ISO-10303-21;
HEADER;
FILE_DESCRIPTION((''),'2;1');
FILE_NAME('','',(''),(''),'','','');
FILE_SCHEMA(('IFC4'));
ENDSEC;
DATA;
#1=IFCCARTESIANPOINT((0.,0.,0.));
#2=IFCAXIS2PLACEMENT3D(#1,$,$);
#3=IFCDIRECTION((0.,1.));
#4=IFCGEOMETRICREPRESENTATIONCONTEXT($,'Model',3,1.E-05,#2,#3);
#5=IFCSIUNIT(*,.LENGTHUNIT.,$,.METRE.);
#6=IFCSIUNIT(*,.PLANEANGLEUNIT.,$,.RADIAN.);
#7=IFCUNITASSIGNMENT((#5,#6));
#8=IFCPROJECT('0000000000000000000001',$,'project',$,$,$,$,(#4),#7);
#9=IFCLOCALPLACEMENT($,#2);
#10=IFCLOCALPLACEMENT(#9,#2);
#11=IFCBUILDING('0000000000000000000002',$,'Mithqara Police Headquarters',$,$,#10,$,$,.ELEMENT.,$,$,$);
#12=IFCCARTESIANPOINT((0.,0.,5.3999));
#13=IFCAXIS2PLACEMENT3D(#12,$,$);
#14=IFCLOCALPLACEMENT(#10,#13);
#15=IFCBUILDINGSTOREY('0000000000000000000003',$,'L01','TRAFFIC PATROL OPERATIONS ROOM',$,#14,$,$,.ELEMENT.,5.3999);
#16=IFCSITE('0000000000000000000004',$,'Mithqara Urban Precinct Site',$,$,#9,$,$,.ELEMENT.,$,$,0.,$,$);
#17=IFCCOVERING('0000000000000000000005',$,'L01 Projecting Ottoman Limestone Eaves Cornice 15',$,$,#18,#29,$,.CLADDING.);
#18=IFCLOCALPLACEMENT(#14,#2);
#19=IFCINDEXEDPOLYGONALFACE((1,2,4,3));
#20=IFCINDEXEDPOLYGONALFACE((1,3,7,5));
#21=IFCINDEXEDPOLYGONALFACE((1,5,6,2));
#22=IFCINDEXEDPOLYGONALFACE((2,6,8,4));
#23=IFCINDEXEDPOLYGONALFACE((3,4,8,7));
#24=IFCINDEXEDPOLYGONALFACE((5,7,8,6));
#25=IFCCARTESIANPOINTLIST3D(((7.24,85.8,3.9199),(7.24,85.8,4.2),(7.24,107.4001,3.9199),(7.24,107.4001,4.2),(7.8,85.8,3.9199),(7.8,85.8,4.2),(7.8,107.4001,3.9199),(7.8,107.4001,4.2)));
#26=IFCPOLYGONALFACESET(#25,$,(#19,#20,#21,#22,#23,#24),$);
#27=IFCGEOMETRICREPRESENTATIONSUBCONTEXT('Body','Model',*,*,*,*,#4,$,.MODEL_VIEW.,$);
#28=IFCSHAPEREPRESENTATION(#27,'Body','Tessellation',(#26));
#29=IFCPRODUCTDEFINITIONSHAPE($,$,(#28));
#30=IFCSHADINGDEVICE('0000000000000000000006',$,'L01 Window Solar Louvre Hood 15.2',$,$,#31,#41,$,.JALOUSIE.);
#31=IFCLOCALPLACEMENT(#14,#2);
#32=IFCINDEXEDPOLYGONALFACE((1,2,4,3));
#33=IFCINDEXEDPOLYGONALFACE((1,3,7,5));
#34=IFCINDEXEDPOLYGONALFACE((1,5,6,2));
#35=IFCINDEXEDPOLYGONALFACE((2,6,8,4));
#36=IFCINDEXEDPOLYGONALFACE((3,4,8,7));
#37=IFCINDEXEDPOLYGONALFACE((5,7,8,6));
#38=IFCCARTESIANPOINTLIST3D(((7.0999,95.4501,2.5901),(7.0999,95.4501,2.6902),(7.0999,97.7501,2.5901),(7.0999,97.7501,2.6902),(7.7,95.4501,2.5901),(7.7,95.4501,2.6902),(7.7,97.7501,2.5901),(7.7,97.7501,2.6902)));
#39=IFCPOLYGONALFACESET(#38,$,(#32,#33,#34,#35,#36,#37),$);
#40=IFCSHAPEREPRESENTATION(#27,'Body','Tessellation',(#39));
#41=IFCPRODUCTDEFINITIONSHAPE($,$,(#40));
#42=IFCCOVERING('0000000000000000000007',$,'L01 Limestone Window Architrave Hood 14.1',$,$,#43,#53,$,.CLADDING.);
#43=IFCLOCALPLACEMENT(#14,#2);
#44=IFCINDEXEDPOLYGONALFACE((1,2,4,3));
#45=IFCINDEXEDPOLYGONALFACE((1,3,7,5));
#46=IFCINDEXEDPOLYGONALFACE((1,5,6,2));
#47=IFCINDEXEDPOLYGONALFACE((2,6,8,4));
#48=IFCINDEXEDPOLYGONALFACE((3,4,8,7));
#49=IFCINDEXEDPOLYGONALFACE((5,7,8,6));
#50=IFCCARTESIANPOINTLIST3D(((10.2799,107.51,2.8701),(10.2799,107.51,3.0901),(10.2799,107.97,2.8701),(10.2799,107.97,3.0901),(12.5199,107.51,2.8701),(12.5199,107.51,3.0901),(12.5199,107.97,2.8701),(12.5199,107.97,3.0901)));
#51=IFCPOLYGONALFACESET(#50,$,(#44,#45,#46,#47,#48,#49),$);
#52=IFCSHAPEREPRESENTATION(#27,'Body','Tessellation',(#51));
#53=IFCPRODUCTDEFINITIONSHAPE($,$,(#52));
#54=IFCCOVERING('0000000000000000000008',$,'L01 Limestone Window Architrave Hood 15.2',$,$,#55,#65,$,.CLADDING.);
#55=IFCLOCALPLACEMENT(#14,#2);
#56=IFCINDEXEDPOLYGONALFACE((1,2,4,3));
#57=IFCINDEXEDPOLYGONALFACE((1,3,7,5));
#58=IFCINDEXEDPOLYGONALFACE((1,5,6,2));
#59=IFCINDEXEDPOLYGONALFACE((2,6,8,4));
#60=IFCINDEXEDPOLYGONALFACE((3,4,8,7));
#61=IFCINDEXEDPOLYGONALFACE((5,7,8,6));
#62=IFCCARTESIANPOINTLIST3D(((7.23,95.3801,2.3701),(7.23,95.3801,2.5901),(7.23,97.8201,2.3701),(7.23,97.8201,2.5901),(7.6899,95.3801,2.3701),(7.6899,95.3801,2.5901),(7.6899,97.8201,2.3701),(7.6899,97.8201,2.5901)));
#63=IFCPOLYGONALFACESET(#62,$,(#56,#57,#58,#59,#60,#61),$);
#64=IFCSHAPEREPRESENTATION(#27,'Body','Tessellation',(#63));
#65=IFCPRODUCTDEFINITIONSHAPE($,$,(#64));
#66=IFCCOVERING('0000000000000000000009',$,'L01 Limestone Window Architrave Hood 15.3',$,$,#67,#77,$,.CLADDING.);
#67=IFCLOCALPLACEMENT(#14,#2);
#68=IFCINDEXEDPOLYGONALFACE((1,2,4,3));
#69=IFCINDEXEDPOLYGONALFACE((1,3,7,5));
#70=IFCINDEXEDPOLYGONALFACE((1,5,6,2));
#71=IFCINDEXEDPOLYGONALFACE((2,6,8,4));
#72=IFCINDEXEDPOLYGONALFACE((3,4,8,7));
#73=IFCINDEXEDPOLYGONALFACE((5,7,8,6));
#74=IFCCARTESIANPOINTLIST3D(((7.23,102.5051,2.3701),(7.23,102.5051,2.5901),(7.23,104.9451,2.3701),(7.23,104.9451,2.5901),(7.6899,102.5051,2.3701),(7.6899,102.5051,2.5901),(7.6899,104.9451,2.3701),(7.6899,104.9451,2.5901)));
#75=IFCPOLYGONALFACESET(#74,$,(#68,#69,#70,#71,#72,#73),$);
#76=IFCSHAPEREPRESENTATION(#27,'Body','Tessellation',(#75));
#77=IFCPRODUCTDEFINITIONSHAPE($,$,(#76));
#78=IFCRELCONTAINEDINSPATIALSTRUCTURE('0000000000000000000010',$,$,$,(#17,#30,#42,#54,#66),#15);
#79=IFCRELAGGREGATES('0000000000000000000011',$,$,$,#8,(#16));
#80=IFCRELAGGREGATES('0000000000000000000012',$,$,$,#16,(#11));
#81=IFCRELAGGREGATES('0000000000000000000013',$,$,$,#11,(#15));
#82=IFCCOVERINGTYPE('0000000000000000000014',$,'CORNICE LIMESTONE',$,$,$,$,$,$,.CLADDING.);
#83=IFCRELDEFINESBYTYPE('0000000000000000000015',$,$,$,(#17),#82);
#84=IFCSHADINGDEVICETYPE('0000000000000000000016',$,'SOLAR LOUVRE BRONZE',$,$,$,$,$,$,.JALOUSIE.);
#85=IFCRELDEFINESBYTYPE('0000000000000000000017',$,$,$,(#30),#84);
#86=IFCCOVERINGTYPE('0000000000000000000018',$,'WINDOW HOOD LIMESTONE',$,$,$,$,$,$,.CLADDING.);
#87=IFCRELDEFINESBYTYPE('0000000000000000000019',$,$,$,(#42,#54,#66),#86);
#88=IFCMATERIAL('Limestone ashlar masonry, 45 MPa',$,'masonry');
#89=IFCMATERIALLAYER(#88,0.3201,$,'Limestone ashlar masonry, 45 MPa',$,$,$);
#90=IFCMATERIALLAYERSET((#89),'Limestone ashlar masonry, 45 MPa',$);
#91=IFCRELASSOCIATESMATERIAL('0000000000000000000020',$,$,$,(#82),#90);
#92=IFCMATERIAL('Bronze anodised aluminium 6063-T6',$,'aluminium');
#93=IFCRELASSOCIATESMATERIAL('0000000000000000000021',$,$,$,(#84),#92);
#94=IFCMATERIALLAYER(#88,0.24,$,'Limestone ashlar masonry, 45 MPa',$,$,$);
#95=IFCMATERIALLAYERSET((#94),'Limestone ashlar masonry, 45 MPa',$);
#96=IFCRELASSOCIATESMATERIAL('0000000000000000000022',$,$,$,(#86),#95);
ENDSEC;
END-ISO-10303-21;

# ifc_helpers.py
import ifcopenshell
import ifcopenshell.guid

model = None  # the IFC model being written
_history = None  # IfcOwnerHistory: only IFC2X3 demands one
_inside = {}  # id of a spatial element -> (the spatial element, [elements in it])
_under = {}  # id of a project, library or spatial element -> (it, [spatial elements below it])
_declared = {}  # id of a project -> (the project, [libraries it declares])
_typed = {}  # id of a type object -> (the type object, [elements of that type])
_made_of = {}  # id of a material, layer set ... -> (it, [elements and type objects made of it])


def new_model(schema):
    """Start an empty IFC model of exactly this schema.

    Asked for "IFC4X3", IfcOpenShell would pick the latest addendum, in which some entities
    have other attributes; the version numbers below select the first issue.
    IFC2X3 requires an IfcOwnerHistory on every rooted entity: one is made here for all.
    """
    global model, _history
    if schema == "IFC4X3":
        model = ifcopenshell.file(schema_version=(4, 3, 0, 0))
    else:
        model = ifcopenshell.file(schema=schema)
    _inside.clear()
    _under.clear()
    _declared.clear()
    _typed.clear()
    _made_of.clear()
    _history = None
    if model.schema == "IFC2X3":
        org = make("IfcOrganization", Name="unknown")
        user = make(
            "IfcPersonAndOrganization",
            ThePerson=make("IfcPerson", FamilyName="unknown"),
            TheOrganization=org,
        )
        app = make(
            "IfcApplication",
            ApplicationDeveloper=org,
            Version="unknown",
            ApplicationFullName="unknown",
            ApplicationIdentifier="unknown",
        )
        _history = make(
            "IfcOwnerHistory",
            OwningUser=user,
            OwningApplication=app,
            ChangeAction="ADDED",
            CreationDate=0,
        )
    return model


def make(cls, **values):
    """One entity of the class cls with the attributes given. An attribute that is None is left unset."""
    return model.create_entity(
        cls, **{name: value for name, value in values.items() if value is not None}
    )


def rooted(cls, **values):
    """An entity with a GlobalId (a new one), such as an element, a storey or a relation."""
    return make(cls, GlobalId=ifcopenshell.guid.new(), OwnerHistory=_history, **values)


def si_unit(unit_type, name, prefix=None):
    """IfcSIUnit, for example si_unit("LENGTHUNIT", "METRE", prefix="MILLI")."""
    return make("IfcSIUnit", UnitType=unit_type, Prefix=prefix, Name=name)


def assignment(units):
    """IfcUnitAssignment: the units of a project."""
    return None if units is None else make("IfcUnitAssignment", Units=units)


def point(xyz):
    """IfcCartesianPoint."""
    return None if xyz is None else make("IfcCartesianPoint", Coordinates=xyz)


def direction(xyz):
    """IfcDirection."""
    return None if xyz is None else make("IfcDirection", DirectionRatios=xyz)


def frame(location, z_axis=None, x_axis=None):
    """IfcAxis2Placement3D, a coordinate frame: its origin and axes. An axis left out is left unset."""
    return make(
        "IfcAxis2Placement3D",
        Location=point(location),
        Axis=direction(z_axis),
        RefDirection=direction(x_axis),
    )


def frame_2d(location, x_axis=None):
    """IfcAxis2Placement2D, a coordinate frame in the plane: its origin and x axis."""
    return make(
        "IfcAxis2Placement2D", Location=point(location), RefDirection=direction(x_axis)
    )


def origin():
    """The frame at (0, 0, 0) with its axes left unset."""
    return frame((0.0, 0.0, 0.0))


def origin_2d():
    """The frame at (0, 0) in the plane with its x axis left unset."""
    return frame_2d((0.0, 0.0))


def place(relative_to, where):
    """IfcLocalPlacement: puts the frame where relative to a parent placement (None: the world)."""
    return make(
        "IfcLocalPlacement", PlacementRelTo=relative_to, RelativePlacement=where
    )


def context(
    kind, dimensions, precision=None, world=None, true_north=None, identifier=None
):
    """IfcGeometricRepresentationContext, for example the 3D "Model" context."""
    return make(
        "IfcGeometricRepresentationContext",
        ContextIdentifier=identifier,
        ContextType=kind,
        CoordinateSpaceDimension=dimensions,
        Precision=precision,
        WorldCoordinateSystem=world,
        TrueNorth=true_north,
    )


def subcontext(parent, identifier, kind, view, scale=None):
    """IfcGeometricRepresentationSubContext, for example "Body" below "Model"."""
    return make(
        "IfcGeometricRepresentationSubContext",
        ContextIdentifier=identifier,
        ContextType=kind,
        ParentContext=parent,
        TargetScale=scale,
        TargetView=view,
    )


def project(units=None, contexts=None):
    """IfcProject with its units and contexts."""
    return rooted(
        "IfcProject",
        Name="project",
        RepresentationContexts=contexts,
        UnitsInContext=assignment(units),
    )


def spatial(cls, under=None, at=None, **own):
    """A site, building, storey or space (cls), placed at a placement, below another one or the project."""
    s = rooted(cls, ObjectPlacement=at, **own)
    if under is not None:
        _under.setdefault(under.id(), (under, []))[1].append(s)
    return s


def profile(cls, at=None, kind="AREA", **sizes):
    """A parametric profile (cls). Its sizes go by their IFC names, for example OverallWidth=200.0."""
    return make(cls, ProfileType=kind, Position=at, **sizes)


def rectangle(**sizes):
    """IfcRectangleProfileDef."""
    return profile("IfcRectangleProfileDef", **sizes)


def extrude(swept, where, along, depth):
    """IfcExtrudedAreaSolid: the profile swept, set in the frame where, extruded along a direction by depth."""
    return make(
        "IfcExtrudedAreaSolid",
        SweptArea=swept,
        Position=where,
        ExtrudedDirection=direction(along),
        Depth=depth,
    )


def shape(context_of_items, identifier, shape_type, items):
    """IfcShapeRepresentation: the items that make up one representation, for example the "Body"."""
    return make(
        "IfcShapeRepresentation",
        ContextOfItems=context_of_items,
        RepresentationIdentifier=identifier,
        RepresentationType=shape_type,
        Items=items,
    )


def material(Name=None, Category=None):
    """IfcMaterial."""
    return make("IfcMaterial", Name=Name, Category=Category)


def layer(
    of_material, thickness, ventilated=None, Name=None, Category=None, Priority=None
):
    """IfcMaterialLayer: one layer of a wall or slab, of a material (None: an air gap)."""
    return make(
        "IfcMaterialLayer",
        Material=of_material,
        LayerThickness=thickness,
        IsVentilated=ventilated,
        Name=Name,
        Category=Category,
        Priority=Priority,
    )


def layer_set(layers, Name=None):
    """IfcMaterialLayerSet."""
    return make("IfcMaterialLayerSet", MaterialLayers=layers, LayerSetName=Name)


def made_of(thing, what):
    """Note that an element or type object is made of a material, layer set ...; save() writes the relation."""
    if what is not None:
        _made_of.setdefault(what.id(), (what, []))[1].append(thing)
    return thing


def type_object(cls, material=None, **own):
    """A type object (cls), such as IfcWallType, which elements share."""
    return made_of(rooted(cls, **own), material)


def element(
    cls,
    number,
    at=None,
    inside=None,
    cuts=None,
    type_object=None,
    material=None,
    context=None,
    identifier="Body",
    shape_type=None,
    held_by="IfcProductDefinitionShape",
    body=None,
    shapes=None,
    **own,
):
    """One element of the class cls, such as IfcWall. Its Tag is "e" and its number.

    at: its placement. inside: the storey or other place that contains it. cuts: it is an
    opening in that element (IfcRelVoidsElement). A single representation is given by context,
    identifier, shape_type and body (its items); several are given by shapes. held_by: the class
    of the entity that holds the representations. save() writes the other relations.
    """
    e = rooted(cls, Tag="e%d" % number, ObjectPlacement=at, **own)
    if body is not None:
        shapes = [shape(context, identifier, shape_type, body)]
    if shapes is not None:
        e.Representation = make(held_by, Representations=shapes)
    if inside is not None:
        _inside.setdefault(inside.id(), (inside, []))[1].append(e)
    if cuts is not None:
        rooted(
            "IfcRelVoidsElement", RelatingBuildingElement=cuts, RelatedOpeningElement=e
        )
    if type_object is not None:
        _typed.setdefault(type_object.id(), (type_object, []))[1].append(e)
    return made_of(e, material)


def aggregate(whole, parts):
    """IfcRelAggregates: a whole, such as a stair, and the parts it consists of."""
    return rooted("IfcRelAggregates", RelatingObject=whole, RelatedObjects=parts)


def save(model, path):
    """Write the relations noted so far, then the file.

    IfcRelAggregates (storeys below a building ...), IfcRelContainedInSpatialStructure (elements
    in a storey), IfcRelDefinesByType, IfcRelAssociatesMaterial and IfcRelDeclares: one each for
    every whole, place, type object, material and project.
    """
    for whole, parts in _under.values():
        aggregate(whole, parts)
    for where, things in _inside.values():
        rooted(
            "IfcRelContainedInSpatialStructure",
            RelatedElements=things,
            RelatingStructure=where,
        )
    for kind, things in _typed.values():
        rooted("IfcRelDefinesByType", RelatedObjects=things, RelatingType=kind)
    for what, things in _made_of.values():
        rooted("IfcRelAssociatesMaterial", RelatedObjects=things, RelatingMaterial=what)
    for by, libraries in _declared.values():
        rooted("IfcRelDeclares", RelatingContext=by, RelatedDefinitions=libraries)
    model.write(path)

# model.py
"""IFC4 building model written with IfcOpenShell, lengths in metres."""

from ifc_helpers import new_model, si_unit, direction, frame, origin, origin_2d, place, context, subcontext, project, spatial, rectangle, extrude, material, layer, layer_set, type_object, element, save


model = new_model("IFC4")

# Units and contexts
model_context = context("Model", 3, precision=1e-05, world=origin(), true_north=direction((0.0, 1.0)))
body_context = subcontext(model_context, "Body", "Model", "MODEL_VIEW")
ifc_project = project(units=[si_unit("LENGTHUNIT", "METRE"), si_unit("PLANEANGLEUNIT", "RADIAN")], contexts=[model_context])

# Site, building, storey
site_placement = place(None, origin())
site = spatial("IfcSite", under=ifc_project, at=site_placement, Name="Mithqara Urban Precinct Site", CompositionType="ELEMENT", RefElevation=0.0)
building_placement = place(site_placement, origin())
building = spatial("IfcBuilding", under=site, at=building_placement, Name="Mithqara Police Headquarters", CompositionType="ELEMENT")
storey_placement = place(building_placement, frame((0.0, 0.0, 5.3999)))
storey = spatial("IfcBuildingStorey", under=building, at=storey_placement, Name="L01", Description="TRAFFIC PATROL OPERATIONS ROOM", CompositionType="ELEMENT", Elevation=5.3999)

# Shared definitions
ifc_material_1 = material(Name="Limestone ashlar masonry, 45 MPa", Category="masonry")

# Shared definitions
ifc_material_2 = material(Name="Bronze anodised aluminium 6063-T6", Category="aluminium")

# Covering
ifc_layer_1 = layer(ifc_material_1, 0.3201, Name="Limestone ashlar masonry, 45 MPa")
ifc_layer_set_1 = layer_set([ifc_layer_1], Name="Limestone ashlar masonry, 45 MPa")
covering_type_1 = type_object("IfcCoveringType", Name="CORNICE LIMESTONE", PredefinedType="CLADDING", material=ifc_layer_set_1)
covering_1_placement = place(storey_placement, frame((7.52, 96.6001, 3.9199), z_axis=(0.0, 0.0, 1.0), x_axis=(0.0, 1.0, 0.0)))
element("IfcCovering", 1, at=covering_1_placement, inside=storey, type_object=covering_type_1, Name="L01 Projecting Ottoman Limestone Eaves Cornice 15", PredefinedType="CLADDING", context=body_context, shape_type="SweptSolid", body=[
    extrude(rectangle(XDim=21.6001, YDim=0.5601, at=origin_2d()), origin(), (0.0, 0.0, 1.0), 0.28),
])

# Shading device
shading_device_type = type_object("IfcShadingDeviceType", Name="SOLAR LOUVRE BRONZE", PredefinedType="JALOUSIE", material=ifc_material_2)
shading_device_placement = place(storey_placement, frame((7.3999, 96.6001, 2.5901), z_axis=(0.0, 0.0, 1.0), x_axis=(0.0, 1.0, 0.0)))
element("IfcShadingDevice", 2, at=shading_device_placement, inside=storey, type_object=shading_device_type, Name="L01 Window Solar Louvre Hood 15.2", PredefinedType="JALOUSIE", context=body_context, shape_type="SweptSolid", body=[
    extrude(rectangle(XDim=2.3, YDim=0.6001, at=origin_2d()), origin(), (0.0, 0.0, 1.0), 0.1001),
])

# Coverings
ifc_layer_2 = layer(ifc_material_1, 0.24, Name="Limestone ashlar masonry, 45 MPa")
ifc_layer_set_2 = layer_set([ifc_layer_2], Name="Limestone ashlar masonry, 45 MPa")
covering_type_2 = type_object("IfcCoveringType", Name="WINDOW HOOD LIMESTONE", PredefinedType="CLADDING", material=ifc_layer_set_2)
covering_2_placement = place(storey_placement, frame((11.3999, 107.74, 2.8701), z_axis=(0.0, 0.0, 1.0), x_axis=(1.0, 0.0, 0.0)))
element("IfcCovering", 3, at=covering_2_placement, inside=storey, type_object=covering_type_2, Name="L01 Limestone Window Architrave Hood 14.1", PredefinedType="CLADDING", context=body_context, shape_type="SweptSolid", body=[
    extrude(rectangle(XDim=2.24, YDim=0.46, at=origin_2d()), origin(), (0.0, 0.0, 1.0), 0.22),
])
for number, where, z_axis, x_axis, name in (
    (4, (7.46, 96.6001, 2.3701), (0.0, 0.0, 1.0), (0.0, 1.0, 0.0), "L01 Limestone Window Architrave Hood 15.2"),
    (5, (7.46, 103.7251, 2.3701), (0.0, 0.0, 1.0), (0.0, 1.0, 0.0), "L01 Limestone Window Architrave Hood 15.3"),
):
    element("IfcCovering", number, at=place(storey_placement, frame(where, z_axis=z_axis, x_axis=x_axis)), inside=storey, type_object=covering_type_2, Name=name, PredefinedType="CLADDING", context=body_context, shape_type="SweptSolid", body=[
        extrude(rectangle(XDim=2.4399, YDim=0.46, at=origin_2d()), origin(), (0.0, 0.0, 1.0), 0.22),
    ])

save(model, "model.ifc")
